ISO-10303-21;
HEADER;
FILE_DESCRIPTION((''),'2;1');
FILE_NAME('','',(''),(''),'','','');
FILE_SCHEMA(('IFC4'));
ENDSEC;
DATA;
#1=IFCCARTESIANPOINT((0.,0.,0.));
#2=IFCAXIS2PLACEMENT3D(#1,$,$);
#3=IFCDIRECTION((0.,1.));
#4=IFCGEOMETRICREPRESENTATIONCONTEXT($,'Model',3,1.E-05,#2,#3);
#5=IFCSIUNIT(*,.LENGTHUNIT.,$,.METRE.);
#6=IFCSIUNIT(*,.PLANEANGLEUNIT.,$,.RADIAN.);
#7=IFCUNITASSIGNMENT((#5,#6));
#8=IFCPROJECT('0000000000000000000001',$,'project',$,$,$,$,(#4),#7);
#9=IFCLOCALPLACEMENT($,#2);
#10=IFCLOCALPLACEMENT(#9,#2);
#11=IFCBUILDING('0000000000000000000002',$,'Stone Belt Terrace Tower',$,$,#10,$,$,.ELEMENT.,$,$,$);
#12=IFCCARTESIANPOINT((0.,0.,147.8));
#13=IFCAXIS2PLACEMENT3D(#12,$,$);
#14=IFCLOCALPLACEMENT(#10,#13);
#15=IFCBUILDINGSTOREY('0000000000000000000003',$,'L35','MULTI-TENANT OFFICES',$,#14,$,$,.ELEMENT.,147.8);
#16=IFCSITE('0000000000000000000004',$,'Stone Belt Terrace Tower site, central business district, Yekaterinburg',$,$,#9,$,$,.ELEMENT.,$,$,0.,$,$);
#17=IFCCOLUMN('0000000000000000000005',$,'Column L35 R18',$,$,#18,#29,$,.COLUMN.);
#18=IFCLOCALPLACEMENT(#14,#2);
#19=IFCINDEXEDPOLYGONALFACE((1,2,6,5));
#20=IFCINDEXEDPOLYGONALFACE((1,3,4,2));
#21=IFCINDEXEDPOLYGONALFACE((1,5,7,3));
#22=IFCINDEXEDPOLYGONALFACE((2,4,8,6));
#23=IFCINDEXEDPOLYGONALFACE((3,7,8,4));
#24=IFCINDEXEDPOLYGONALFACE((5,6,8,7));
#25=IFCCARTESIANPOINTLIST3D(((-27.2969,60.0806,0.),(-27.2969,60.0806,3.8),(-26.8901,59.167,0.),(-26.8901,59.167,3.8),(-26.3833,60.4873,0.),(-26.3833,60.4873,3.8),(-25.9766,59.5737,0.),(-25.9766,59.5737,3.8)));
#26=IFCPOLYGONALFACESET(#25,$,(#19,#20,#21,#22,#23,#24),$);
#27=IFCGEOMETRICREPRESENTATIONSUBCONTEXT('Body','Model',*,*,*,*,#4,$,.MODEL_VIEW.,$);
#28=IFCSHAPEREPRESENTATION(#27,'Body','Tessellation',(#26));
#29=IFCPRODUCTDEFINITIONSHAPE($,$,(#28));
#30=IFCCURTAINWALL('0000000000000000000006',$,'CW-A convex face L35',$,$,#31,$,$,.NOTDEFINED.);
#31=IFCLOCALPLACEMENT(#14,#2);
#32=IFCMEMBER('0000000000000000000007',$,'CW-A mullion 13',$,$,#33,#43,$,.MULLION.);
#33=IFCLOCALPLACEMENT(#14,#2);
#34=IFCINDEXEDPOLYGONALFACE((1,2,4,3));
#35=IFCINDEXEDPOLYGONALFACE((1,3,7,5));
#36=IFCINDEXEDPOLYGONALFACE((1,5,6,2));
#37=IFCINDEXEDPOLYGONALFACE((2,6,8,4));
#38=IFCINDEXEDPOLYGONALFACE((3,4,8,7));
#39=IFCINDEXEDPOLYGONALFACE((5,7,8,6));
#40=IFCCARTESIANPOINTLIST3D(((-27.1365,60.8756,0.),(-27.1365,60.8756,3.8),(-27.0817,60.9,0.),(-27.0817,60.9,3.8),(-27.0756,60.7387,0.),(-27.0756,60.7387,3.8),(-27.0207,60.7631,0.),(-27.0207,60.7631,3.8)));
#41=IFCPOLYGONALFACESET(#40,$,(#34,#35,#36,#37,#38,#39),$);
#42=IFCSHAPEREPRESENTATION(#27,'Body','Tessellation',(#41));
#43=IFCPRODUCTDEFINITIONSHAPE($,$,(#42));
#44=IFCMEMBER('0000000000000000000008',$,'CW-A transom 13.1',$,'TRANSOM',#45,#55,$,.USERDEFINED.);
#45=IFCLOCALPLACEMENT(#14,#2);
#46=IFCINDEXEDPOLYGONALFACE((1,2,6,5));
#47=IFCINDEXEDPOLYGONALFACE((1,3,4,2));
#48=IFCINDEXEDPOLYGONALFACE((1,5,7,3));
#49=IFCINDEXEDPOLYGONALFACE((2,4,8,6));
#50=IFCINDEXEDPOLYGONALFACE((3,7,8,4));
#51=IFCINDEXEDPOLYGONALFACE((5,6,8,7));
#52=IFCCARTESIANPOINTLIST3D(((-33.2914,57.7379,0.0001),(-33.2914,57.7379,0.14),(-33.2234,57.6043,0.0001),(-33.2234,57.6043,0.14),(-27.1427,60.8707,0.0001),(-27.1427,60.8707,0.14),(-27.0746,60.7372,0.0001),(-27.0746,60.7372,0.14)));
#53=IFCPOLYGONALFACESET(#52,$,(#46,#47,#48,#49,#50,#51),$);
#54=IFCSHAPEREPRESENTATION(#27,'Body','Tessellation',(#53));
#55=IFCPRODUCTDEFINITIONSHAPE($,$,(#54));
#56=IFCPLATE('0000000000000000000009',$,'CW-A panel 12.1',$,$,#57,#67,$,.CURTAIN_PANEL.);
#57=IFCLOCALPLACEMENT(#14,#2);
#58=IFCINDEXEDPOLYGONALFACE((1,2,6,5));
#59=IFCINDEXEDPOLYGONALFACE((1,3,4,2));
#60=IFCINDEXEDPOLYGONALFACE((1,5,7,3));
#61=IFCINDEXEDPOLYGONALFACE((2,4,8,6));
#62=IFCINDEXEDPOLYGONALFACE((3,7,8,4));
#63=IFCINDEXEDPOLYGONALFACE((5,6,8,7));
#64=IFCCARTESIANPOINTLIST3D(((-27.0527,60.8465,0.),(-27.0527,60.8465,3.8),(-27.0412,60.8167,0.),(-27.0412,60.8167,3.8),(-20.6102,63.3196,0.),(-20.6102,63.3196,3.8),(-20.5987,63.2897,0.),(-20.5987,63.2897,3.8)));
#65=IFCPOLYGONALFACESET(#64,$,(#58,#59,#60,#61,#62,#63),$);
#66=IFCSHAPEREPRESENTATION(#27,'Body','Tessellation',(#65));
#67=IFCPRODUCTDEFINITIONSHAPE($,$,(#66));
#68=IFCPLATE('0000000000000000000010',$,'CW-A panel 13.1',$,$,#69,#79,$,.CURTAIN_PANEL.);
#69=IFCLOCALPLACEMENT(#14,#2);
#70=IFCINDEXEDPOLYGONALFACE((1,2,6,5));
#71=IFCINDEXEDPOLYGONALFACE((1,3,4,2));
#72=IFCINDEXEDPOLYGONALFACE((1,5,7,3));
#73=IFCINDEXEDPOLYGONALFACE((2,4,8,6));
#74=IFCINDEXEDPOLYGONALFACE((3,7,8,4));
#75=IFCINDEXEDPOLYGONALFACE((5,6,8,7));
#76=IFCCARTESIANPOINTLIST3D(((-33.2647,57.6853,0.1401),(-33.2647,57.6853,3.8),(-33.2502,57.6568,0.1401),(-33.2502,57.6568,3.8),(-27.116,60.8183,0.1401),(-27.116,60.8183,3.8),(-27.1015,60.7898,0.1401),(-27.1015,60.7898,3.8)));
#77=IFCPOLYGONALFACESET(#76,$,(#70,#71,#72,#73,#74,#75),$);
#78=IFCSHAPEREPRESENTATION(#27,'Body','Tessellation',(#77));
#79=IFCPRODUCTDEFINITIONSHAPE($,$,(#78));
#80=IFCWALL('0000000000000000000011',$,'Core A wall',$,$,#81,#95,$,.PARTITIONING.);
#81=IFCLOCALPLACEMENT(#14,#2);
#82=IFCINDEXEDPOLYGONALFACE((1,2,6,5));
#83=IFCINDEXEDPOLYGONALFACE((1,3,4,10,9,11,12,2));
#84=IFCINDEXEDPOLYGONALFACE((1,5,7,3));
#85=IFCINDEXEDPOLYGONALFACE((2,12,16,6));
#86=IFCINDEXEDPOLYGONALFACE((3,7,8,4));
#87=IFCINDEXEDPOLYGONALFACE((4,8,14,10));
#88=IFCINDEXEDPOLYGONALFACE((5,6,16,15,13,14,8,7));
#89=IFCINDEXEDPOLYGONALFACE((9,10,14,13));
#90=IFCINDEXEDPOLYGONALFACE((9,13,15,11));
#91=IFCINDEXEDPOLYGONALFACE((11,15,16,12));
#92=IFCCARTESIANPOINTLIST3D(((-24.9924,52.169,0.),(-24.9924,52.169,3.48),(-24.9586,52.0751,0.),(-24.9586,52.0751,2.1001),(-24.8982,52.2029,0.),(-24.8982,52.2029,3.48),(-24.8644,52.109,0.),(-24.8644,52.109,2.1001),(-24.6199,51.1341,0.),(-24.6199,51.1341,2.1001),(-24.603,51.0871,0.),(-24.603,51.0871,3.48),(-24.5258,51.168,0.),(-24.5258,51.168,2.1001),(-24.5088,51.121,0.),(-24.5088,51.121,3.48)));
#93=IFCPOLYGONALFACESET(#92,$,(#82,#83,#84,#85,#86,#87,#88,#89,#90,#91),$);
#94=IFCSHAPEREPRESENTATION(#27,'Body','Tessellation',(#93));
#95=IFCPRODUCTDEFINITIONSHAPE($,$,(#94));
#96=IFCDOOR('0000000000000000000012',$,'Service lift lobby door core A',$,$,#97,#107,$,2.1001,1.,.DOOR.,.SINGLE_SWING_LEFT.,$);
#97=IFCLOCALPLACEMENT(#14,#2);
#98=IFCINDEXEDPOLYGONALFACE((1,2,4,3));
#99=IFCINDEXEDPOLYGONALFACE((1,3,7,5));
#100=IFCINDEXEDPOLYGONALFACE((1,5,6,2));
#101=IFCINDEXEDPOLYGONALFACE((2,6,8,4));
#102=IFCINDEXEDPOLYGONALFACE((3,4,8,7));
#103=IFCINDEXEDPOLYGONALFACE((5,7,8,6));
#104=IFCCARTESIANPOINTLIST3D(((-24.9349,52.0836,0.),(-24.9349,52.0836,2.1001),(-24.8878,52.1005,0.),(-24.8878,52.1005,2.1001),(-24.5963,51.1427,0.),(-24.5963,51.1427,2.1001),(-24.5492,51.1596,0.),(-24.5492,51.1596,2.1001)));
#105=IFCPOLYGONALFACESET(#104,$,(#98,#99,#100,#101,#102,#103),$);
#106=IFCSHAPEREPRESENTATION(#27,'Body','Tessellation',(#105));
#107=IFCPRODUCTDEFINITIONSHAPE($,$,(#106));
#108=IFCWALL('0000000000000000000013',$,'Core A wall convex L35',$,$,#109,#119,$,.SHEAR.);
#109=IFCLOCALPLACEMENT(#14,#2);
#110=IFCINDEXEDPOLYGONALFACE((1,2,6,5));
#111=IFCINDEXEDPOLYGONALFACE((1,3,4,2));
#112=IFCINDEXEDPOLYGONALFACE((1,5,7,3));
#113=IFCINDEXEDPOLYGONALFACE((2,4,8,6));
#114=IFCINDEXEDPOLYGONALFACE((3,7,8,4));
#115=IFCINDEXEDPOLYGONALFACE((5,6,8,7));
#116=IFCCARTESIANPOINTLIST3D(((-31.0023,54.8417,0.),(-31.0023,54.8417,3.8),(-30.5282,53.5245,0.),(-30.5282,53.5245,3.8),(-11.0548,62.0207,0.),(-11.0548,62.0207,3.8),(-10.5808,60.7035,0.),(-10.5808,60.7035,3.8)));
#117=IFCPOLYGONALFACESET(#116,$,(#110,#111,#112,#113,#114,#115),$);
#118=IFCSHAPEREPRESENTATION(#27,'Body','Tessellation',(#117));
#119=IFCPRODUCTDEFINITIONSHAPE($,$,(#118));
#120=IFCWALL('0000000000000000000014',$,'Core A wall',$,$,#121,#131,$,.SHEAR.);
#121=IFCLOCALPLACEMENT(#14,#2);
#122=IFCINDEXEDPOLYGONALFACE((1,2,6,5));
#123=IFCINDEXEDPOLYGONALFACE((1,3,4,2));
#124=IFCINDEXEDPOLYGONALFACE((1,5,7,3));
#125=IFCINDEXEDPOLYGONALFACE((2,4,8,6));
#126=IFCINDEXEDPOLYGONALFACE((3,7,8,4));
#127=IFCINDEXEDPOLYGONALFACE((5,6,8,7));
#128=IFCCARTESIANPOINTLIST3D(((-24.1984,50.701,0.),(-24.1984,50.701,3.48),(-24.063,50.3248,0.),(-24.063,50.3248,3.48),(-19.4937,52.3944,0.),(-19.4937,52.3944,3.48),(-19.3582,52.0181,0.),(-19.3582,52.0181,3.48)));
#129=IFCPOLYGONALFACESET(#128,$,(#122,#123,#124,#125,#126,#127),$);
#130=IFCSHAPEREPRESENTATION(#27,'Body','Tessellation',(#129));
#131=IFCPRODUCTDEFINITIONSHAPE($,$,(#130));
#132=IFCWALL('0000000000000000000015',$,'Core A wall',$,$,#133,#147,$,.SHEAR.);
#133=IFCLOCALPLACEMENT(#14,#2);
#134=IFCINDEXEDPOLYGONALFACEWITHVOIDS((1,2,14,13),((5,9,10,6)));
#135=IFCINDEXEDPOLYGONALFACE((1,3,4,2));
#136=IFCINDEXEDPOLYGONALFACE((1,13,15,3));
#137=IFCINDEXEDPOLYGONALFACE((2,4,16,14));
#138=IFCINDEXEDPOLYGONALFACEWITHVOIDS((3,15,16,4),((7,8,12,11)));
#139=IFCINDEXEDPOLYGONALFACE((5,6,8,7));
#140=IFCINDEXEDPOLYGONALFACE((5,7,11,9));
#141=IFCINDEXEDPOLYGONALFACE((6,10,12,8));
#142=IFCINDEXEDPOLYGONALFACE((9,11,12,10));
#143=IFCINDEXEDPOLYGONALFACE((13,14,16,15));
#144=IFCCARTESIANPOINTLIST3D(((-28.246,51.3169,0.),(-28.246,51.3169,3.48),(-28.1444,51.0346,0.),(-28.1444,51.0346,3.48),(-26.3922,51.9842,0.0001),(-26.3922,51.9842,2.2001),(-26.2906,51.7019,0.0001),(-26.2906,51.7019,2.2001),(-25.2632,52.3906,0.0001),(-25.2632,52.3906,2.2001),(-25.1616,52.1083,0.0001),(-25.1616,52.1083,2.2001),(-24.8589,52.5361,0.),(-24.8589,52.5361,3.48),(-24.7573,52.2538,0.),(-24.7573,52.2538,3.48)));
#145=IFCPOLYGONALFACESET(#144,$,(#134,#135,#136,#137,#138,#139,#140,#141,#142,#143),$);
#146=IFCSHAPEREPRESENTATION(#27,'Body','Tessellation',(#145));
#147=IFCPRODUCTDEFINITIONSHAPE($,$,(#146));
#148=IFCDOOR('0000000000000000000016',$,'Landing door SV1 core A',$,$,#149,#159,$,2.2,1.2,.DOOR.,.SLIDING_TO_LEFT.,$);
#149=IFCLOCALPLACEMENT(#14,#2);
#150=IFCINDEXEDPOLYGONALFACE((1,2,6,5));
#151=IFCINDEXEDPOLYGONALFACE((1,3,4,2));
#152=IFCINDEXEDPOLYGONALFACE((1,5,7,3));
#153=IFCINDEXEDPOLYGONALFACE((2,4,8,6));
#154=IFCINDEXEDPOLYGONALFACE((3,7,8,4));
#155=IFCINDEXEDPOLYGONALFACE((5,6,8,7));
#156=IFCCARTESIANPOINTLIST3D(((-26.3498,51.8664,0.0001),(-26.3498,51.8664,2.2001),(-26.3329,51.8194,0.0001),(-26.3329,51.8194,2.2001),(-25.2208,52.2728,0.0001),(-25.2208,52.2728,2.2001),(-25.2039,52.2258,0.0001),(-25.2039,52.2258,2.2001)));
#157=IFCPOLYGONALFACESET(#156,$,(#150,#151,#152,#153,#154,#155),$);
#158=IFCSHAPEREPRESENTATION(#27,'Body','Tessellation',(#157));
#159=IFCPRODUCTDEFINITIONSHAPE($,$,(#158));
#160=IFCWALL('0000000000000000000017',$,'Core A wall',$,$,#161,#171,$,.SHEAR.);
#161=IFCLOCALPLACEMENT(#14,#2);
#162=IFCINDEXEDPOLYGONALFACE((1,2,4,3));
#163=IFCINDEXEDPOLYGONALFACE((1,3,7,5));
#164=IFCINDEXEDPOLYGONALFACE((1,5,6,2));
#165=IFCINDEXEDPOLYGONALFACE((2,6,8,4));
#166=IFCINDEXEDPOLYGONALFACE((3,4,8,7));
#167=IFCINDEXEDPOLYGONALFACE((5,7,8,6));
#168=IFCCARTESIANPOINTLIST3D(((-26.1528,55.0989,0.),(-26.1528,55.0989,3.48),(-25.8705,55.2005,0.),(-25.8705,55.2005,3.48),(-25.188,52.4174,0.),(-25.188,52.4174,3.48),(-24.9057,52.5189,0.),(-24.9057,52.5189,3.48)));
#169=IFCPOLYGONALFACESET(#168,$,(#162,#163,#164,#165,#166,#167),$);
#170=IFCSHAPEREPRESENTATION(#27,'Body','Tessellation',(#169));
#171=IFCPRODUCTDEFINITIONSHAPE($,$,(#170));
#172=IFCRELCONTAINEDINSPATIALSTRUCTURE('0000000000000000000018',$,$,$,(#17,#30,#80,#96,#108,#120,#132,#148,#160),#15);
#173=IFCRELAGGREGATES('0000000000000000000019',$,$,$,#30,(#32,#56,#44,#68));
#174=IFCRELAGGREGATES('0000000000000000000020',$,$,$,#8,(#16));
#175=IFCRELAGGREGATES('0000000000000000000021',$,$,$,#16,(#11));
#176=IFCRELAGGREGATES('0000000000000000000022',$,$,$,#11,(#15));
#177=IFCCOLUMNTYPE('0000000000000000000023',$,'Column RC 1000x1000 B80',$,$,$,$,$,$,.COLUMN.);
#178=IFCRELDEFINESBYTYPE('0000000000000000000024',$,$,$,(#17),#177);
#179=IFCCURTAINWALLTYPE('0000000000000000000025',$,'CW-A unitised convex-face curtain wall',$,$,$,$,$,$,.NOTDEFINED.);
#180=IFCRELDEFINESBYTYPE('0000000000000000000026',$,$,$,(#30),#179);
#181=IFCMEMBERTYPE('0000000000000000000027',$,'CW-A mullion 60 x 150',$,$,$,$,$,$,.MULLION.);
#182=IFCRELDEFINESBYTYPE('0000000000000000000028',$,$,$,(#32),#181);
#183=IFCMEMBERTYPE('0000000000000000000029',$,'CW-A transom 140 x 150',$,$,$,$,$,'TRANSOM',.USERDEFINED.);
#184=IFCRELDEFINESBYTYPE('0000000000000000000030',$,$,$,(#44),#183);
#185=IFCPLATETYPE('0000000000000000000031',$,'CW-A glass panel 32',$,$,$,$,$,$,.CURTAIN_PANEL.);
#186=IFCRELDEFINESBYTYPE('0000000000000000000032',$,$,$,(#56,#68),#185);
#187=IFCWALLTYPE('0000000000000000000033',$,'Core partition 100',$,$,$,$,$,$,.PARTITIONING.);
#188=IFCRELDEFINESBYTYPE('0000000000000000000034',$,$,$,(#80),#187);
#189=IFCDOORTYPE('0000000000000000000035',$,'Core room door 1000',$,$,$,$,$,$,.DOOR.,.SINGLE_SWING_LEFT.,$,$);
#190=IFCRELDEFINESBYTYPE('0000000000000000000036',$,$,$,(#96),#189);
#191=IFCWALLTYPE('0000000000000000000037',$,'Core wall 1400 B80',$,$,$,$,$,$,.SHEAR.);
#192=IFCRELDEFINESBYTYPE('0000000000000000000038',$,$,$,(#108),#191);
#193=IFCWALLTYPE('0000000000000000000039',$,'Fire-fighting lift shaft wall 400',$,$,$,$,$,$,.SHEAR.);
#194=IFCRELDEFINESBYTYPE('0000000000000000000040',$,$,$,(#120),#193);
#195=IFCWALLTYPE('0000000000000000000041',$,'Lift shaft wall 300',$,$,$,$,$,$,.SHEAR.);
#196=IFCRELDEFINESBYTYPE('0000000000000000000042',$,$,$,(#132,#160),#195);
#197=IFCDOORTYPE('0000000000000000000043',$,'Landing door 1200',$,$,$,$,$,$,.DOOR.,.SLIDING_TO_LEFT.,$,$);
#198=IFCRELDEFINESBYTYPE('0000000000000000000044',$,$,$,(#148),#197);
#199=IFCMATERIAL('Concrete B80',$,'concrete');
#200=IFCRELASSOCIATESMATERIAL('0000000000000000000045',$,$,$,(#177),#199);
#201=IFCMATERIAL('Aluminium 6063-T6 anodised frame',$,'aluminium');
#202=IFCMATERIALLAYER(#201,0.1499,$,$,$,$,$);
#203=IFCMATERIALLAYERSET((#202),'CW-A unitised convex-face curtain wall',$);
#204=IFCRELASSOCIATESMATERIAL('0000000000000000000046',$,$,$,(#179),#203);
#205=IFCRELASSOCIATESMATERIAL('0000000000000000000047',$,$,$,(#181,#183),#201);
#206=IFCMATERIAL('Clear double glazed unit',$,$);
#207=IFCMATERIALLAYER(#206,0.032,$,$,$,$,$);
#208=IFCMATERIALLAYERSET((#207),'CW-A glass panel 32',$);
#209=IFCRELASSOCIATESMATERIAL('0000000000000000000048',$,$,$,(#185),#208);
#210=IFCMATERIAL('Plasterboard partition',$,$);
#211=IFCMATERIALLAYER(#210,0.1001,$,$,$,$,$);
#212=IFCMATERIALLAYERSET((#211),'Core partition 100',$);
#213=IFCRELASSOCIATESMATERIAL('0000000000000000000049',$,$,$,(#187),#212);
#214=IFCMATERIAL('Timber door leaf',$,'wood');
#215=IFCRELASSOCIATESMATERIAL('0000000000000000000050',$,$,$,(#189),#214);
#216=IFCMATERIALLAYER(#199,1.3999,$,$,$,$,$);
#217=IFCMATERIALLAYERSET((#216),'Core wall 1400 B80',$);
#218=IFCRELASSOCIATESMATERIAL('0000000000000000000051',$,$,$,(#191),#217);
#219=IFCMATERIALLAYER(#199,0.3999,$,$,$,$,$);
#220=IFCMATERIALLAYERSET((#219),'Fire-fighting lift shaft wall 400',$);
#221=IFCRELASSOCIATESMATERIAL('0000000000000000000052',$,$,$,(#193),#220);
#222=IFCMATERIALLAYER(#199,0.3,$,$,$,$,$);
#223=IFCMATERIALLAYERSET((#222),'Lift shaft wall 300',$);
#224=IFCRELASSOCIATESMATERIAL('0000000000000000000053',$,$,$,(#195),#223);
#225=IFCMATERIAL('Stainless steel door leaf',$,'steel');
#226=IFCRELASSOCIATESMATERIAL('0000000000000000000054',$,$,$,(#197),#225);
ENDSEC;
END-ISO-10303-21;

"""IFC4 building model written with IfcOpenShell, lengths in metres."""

from ifc_helpers import new_model, si_unit, direction, frame, frame_2d, origin, origin_2d, place, context, subcontext, project, spatial, rectangle, extrude, material, layer, layer_set, material_profile, profile_set, type_object, element, fill, aggregate, save


model = new_model("IFC4")

# Units and contexts
model_context = context("Model", 3, precision=1e-05, world=origin(), true_north=direction((0.0, 1.0)))
body_context = subcontext(model_context, "Body", "Model", "MODEL_VIEW")
ifc_project = project(units=[si_unit("LENGTHUNIT", "METRE"), si_unit("PLANEANGLEUNIT", "RADIAN")], contexts=[model_context])

# Site, building, storey
site_placement = place(None, origin())
site = spatial("IfcSite", under=ifc_project, at=site_placement, Name="Stone Belt Terrace Tower site, central business district, Yekaterinburg", CompositionType="ELEMENT", RefElevation=0.0)
building_placement = place(site_placement, origin())
building = spatial("IfcBuilding", under=site, at=building_placement, Name="Stone Belt Terrace Tower", CompositionType="ELEMENT")
storey_placement = place(building_placement, frame((0.0, 0.0, 147.8)))
storey = spatial("IfcBuildingStorey", under=building, at=storey_placement, Name="L35", Description="MULTI-TENANT OFFICES", CompositionType="ELEMENT", Elevation=147.8)

# Column
ifc_material_1 = material(Name="Concrete B80", Category="concrete")
ifc_material_profile_1 = material_profile(ifc_material_1, rectangle(XDim=1.0, YDim=1.0, at=origin_2d()), Name="RC 1000x1000")
ifc_profile_set_1 = profile_set([ifc_material_profile_1], Name="Concrete B80")
column_type = type_object("IfcColumnType", Name="Column RC 1000x1000 B80", PredefinedType="COLUMN", material=ifc_profile_set_1)
column_placement = place(storey_placement, frame((-26.6367, 59.8271, 0.0), z_axis=(0.0, 0.0, 1.0), x_axis=(0.913545, 0.406737, 0.0)))
element("IfcColumn", 1, at=column_placement, inside=storey, type_object=column_type, Name="Column L35 R18", PredefinedType="COLUMN", context=body_context, shape_type="SweptSolid", body=[
    extrude(rectangle(XDim=1.0, YDim=1.0, at=origin_2d()), origin(), (0.0, 0.0, 1.0), 3.8),
])

# Curtain wall, members, plates
ifc_material_2 = material(Name="Aluminium 6063-T6 anodised frame", Category="aluminium")
ifc_layer_1 = layer(ifc_material_2, 0.1499)
ifc_layer_set_1 = layer_set([ifc_layer_1], Name="CW-A unitised convex-face curtain wall")
curtain_wall_type = type_object("IfcCurtainWallType", Name="CW-A unitised convex-face curtain wall", PredefinedType="NOTDEFINED", material=ifc_layer_set_1)
curtain_wall_placement = place(storey_placement, origin())
curtain_wall = element("IfcCurtainWall", 2, at=curtain_wall_placement, inside=storey, type_object=curtain_wall_type, Name="CW-A convex face L35", PredefinedType="NOTDEFINED")
ifc_material_profile_2 = material_profile(ifc_material_2, rectangle(XDim=0.1499, YDim=0.0601, at=origin_2d()), Name="Aluminium 6063-T6 60x150")
ifc_profile_set_2 = profile_set([ifc_material_profile_2], Name="Aluminium 6063-T6 anodised frame")
member_type_1 = type_object("IfcMemberType", Name="CW-A mullion 60 x 150", PredefinedType="MULLION", material=ifc_profile_set_2)
member_1_placement = place(storey_placement, frame((-27.0786, 60.8193, 0.0), z_axis=(0.0, 0.0, 1.0), x_axis=(0.406737, -0.913545, 0.0)))
member_1 = element("IfcMember", 3, at=member_1_placement, type_object=member_type_1, Name="CW-A mullion 13", PredefinedType="MULLION", context=body_context, shape_type="SweptSolid", body=[
    extrude(rectangle(XDim=0.1499, YDim=0.0601, at=origin_2d()), origin(), (0.0, 0.0, 1.0), 3.8),
])
ifc_material_profile_3 = material_profile(ifc_material_2, rectangle(XDim=0.1499, YDim=0.1399, at=origin_2d()), Name="Aluminium 6063-T6 150x140")
ifc_profile_set_3 = profile_set([ifc_material_profile_3], Name="Aluminium 6063-T6 anodised frame")
member_type_2 = type_object("IfcMemberType", Name="CW-A transom 140 x 150", ElementType="TRANSOM", PredefinedType="USERDEFINED", material=ifc_profile_set_3)
member_2_placement = place(storey_placement, frame((-27.1086, 60.804, 0.0701), z_axis=(-0.891012, -0.453979, 0.0), x_axis=(0.453979, -0.891012, 0.0)))
member_2 = element("IfcMember", 4, at=member_2_placement, type_object=member_type_2, Name="CW-A transom 13.1", ObjectType="TRANSOM", PredefinedType="USERDEFINED", context=body_context, shape_type="SweptSolid", body=[
    extrude(rectangle(XDim=0.1499, YDim=0.1399, at=origin_2d()), origin(), (0.0, 0.0, 1.0), 6.9009),
])
ifc_material_3 = material(Name="Clear double glazed unit")
ifc_layer_2 = layer(ifc_material_3, 0.032)
ifc_layer_set_2 = layer_set([ifc_layer_2], Name="CW-A glass panel 32")
plate_type = type_object("IfcPlateType", Name="CW-A glass panel 32", PredefinedType="CURTAIN_PANEL", material=ifc_layer_set_2)
plate_1_placement = place(storey_placement, frame((-23.8257, 62.0681, 0.0), z_axis=(0.0, 0.0, 1.0), x_axis=(-0.93358, -0.358368, 0.0)))
plate_1 = element("IfcPlate", 5, at=plate_1_placement, type_object=plate_type, Name="CW-A panel 12.1", PredefinedType="CURTAIN_PANEL", context=body_context, shape_type="SweptSolid", body=[
    extrude(rectangle(XDim=6.9009, YDim=0.032, at=origin_2d()), origin(), (0.0, 0.0, 1.0), 3.8),
])
plate_2_placement = place(storey_placement, frame((-30.1831, 59.2375, 0.1401), z_axis=(0.0, 0.0, 1.0), x_axis=(-0.891007, -0.45399, 0.0)))
plate_2 = element("IfcPlate", 6, at=plate_2_placement, type_object=plate_type, Name="CW-A panel 13.1", PredefinedType="CURTAIN_PANEL", context=body_context, shape_type="SweptSolid", body=[
    extrude(rectangle(XDim=6.9009, YDim=0.032, at=origin_2d()), origin(), (0.0, 0.0, 1.0), 3.6599),
])
aggregate(curtain_wall, [member_1, plate_1, member_2, plate_2])

# Wall, opening, door
ifc_material_4 = material(Name="Plasterboard partition")
ifc_layer_3 = layer(ifc_material_4, 0.1001)
ifc_layer_set_3 = layer_set([ifc_layer_3], Name="Core partition 100")
wall_type_1 = type_object("IfcWallType", Name="Core partition 100", PredefinedType="PARTITIONING", material=ifc_layer_set_3)
wall_1_placement = place(storey_placement, frame((-24.5559, 51.104, 0.0), z_axis=(0.0, 0.0, 1.0), x_axis=(-0.338622, 0.940923, 0.0)))
wall_1 = element("IfcWall", 7, at=wall_1_placement, inside=storey, type_object=wall_type_1, Name="Core A wall", PredefinedType="PARTITIONING", context=body_context, shape_type="SweptSolid", body=[
    extrude(rectangle(XDim=1.1499, YDim=0.1001, at=frame_2d((0.575, 0.0))), origin(), (0.0, 0.0, 1.0), 3.48),
])
opening_1_placement = place(wall_1_placement, frame((0.05, 0.0, 0.0)))
opening_1 = element("IfcOpeningElement", 8, at=opening_1_placement, cuts=wall_1, PredefinedType="OPENING", context=body_context, shape_type="SweptSolid", body=[
    extrude(rectangle(XDim=1.0, YDim=2.1001, at=frame_2d((0.5, 1.05))), frame((0.0, 0.0601, 0.0), z_axis=(0.0, -1.0, 0.0), x_axis=(1.0, 0.0, 0.0)), (0.0, 0.0, 1.0), 0.1201),
])
ifc_material_5 = material(Name="Timber door leaf", Category="wood")
door_type_1 = type_object("IfcDoorType", Name="Core room door 1000", OperationType="SINGLE_SWING_LEFT", PredefinedType="DOOR", material=ifc_material_5)
door_1_placement = place(opening_1_placement, origin())
door_1 = element("IfcDoor", 9, at=door_1_placement, inside=storey, type_object=door_type_1, Name="Service lift lobby door core A", OperationType="SINGLE_SWING_LEFT", OverallHeight=2.1001, OverallWidth=1.0, PredefinedType="DOOR", context=body_context, shape_type="SweptSolid", body=[
    extrude(rectangle(XDim=1.0, YDim=2.1001, at=frame_2d((0.5, 1.05))), frame((0.0, 0.0249, 0.0), z_axis=(0.0, -1.0, 0.0), x_axis=(1.0, 0.0, 0.0)), (0.0, 0.0, 1.0), 0.05),
])
fill(opening_1, door_1)

# Walls
ifc_layer_4 = layer(ifc_material_1, 1.3999)
ifc_layer_set_4 = layer_set([ifc_layer_4], Name="Core wall 1400 B80")
wall_type_2 = type_object("IfcWallType", Name="Core wall 1400 B80", PredefinedType="SHEAR", material=ifc_layer_set_4)
wall_2_placement = place(storey_placement, frame((-30.7654, 54.1831, 0.0), z_axis=(0.0, 0.0, 1.0), x_axis=(0.94092, 0.33863, 0.0)))
element("IfcWall", 10, at=wall_2_placement, inside=storey, type_object=wall_type_2, Name="Core A wall convex L35", PredefinedType="SHEAR", context=body_context, shape_type="SweptSolid", body=[
    extrude(rectangle(XDim=21.2, YDim=1.3999, at=frame_2d((10.6001, 0.0))), origin(), (0.0, 0.0, 1.0), 3.8),
])
ifc_layer_5 = layer(ifc_material_1, 0.3999)
ifc_layer_set_5 = layer_set([ifc_layer_5], Name="Fire-fighting lift shaft wall 400")
wall_type_3 = type_object("IfcWallType", Name="Fire-fighting lift shaft wall 400", PredefinedType="SHEAR", material=ifc_layer_set_5)
wall_3_placement = place(storey_placement, frame((-24.1306, 50.5129, 0.0), z_axis=(0.0, 0.0, 1.0), x_axis=(0.940912, 0.338652, 0.0)))
element("IfcWall", 11, at=wall_3_placement, inside=storey, type_object=wall_type_3, Name="Core A wall", PredefinedType="SHEAR", context=body_context, shape_type="SweptSolid", body=[
    extrude(rectangle(XDim=5.0002, YDim=0.3999, at=frame_2d((2.5, 0.0))), origin(), (0.0, 0.0, 1.0), 3.48),
])

# Wall, opening, door
ifc_layer_6 = layer(ifc_material_1, 0.3)
ifc_layer_set_6 = layer_set([ifc_layer_6], Name="Lift shaft wall 300")
wall_type_4 = type_object("IfcWallType", Name="Lift shaft wall 300", PredefinedType="SHEAR", material=ifc_layer_set_6)
wall_4_placement = place(storey_placement, frame((-28.1951, 51.1758, 0.0), z_axis=(0.0, 0.0, 1.0), x_axis=(0.940901, 0.338681, 0.0)))
wall_4 = element("IfcWall", 12, at=wall_4_placement, inside=storey, type_object=wall_type_4, Name="Core A wall", PredefinedType="SHEAR", context=body_context, shape_type="SweptSolid", body=[
    extrude(rectangle(XDim=3.5999, YDim=0.3, at=frame_2d((1.7998, 0.0))), origin(), (0.0, 0.0, 1.0), 3.48),
])
opening_2_placement = place(wall_4_placement, frame((1.97, 0.0, 0.0)))
opening_2 = element("IfcOpeningElement", 13, at=opening_2_placement, cuts=wall_4, PredefinedType="OPENING", context=body_context, shape_type="SweptSolid", body=[
    extrude(rectangle(XDim=1.2, YDim=2.2, at=frame_2d((0.6001, 1.1001))), frame((0.0, 0.1599, 0.0), z_axis=(0.0, -1.0, 0.0), x_axis=(1.0, 0.0, 0.0)), (0.0, 0.0, 1.0), 0.3201),
])
ifc_material_6 = material(Name="Stainless steel door leaf", Category="steel")
door_type_2 = type_object("IfcDoorType", Name="Landing door 1200", OperationType="SLIDING_TO_LEFT", PredefinedType="DOOR", material=ifc_material_6)
door_2_placement = place(opening_2_placement, origin())
door_2 = element("IfcDoor", 14, at=door_2_placement, inside=storey, type_object=door_type_2, Name="Landing door SV1 core A", OperationType="SLIDING_TO_LEFT", OverallHeight=2.2, OverallWidth=1.2, PredefinedType="DOOR", context=body_context, shape_type="SweptSolid", body=[
    extrude(rectangle(XDim=1.2, YDim=2.2, at=frame_2d((0.6001, 1.1001))), frame((0.0, 0.0249, 0.0), z_axis=(0.0, -1.0, 0.0), x_axis=(1.0, 0.0, 0.0)), (0.0, 0.0, 1.0), 0.05),
])
fill(opening_2, door_2)

# Wall
wall_5_placement = place(storey_placement, frame((-25.0469, 52.4683, 0.0), z_axis=(0.0, 0.0, 1.0), x_axis=(-0.33855, 0.940949, 0.0)))
element("IfcWall", 15, at=wall_5_placement, inside=storey, type_object=wall_type_4, Name="Core A wall", PredefinedType="SHEAR", context=body_context, shape_type="SweptSolid", body=[
    extrude(rectangle(XDim=2.8499, YDim=0.3, at=frame_2d((1.4248, 0.0))), origin(), (0.0, 0.0, 1.0), 3.48),
])

save(model, "model.ifc")
